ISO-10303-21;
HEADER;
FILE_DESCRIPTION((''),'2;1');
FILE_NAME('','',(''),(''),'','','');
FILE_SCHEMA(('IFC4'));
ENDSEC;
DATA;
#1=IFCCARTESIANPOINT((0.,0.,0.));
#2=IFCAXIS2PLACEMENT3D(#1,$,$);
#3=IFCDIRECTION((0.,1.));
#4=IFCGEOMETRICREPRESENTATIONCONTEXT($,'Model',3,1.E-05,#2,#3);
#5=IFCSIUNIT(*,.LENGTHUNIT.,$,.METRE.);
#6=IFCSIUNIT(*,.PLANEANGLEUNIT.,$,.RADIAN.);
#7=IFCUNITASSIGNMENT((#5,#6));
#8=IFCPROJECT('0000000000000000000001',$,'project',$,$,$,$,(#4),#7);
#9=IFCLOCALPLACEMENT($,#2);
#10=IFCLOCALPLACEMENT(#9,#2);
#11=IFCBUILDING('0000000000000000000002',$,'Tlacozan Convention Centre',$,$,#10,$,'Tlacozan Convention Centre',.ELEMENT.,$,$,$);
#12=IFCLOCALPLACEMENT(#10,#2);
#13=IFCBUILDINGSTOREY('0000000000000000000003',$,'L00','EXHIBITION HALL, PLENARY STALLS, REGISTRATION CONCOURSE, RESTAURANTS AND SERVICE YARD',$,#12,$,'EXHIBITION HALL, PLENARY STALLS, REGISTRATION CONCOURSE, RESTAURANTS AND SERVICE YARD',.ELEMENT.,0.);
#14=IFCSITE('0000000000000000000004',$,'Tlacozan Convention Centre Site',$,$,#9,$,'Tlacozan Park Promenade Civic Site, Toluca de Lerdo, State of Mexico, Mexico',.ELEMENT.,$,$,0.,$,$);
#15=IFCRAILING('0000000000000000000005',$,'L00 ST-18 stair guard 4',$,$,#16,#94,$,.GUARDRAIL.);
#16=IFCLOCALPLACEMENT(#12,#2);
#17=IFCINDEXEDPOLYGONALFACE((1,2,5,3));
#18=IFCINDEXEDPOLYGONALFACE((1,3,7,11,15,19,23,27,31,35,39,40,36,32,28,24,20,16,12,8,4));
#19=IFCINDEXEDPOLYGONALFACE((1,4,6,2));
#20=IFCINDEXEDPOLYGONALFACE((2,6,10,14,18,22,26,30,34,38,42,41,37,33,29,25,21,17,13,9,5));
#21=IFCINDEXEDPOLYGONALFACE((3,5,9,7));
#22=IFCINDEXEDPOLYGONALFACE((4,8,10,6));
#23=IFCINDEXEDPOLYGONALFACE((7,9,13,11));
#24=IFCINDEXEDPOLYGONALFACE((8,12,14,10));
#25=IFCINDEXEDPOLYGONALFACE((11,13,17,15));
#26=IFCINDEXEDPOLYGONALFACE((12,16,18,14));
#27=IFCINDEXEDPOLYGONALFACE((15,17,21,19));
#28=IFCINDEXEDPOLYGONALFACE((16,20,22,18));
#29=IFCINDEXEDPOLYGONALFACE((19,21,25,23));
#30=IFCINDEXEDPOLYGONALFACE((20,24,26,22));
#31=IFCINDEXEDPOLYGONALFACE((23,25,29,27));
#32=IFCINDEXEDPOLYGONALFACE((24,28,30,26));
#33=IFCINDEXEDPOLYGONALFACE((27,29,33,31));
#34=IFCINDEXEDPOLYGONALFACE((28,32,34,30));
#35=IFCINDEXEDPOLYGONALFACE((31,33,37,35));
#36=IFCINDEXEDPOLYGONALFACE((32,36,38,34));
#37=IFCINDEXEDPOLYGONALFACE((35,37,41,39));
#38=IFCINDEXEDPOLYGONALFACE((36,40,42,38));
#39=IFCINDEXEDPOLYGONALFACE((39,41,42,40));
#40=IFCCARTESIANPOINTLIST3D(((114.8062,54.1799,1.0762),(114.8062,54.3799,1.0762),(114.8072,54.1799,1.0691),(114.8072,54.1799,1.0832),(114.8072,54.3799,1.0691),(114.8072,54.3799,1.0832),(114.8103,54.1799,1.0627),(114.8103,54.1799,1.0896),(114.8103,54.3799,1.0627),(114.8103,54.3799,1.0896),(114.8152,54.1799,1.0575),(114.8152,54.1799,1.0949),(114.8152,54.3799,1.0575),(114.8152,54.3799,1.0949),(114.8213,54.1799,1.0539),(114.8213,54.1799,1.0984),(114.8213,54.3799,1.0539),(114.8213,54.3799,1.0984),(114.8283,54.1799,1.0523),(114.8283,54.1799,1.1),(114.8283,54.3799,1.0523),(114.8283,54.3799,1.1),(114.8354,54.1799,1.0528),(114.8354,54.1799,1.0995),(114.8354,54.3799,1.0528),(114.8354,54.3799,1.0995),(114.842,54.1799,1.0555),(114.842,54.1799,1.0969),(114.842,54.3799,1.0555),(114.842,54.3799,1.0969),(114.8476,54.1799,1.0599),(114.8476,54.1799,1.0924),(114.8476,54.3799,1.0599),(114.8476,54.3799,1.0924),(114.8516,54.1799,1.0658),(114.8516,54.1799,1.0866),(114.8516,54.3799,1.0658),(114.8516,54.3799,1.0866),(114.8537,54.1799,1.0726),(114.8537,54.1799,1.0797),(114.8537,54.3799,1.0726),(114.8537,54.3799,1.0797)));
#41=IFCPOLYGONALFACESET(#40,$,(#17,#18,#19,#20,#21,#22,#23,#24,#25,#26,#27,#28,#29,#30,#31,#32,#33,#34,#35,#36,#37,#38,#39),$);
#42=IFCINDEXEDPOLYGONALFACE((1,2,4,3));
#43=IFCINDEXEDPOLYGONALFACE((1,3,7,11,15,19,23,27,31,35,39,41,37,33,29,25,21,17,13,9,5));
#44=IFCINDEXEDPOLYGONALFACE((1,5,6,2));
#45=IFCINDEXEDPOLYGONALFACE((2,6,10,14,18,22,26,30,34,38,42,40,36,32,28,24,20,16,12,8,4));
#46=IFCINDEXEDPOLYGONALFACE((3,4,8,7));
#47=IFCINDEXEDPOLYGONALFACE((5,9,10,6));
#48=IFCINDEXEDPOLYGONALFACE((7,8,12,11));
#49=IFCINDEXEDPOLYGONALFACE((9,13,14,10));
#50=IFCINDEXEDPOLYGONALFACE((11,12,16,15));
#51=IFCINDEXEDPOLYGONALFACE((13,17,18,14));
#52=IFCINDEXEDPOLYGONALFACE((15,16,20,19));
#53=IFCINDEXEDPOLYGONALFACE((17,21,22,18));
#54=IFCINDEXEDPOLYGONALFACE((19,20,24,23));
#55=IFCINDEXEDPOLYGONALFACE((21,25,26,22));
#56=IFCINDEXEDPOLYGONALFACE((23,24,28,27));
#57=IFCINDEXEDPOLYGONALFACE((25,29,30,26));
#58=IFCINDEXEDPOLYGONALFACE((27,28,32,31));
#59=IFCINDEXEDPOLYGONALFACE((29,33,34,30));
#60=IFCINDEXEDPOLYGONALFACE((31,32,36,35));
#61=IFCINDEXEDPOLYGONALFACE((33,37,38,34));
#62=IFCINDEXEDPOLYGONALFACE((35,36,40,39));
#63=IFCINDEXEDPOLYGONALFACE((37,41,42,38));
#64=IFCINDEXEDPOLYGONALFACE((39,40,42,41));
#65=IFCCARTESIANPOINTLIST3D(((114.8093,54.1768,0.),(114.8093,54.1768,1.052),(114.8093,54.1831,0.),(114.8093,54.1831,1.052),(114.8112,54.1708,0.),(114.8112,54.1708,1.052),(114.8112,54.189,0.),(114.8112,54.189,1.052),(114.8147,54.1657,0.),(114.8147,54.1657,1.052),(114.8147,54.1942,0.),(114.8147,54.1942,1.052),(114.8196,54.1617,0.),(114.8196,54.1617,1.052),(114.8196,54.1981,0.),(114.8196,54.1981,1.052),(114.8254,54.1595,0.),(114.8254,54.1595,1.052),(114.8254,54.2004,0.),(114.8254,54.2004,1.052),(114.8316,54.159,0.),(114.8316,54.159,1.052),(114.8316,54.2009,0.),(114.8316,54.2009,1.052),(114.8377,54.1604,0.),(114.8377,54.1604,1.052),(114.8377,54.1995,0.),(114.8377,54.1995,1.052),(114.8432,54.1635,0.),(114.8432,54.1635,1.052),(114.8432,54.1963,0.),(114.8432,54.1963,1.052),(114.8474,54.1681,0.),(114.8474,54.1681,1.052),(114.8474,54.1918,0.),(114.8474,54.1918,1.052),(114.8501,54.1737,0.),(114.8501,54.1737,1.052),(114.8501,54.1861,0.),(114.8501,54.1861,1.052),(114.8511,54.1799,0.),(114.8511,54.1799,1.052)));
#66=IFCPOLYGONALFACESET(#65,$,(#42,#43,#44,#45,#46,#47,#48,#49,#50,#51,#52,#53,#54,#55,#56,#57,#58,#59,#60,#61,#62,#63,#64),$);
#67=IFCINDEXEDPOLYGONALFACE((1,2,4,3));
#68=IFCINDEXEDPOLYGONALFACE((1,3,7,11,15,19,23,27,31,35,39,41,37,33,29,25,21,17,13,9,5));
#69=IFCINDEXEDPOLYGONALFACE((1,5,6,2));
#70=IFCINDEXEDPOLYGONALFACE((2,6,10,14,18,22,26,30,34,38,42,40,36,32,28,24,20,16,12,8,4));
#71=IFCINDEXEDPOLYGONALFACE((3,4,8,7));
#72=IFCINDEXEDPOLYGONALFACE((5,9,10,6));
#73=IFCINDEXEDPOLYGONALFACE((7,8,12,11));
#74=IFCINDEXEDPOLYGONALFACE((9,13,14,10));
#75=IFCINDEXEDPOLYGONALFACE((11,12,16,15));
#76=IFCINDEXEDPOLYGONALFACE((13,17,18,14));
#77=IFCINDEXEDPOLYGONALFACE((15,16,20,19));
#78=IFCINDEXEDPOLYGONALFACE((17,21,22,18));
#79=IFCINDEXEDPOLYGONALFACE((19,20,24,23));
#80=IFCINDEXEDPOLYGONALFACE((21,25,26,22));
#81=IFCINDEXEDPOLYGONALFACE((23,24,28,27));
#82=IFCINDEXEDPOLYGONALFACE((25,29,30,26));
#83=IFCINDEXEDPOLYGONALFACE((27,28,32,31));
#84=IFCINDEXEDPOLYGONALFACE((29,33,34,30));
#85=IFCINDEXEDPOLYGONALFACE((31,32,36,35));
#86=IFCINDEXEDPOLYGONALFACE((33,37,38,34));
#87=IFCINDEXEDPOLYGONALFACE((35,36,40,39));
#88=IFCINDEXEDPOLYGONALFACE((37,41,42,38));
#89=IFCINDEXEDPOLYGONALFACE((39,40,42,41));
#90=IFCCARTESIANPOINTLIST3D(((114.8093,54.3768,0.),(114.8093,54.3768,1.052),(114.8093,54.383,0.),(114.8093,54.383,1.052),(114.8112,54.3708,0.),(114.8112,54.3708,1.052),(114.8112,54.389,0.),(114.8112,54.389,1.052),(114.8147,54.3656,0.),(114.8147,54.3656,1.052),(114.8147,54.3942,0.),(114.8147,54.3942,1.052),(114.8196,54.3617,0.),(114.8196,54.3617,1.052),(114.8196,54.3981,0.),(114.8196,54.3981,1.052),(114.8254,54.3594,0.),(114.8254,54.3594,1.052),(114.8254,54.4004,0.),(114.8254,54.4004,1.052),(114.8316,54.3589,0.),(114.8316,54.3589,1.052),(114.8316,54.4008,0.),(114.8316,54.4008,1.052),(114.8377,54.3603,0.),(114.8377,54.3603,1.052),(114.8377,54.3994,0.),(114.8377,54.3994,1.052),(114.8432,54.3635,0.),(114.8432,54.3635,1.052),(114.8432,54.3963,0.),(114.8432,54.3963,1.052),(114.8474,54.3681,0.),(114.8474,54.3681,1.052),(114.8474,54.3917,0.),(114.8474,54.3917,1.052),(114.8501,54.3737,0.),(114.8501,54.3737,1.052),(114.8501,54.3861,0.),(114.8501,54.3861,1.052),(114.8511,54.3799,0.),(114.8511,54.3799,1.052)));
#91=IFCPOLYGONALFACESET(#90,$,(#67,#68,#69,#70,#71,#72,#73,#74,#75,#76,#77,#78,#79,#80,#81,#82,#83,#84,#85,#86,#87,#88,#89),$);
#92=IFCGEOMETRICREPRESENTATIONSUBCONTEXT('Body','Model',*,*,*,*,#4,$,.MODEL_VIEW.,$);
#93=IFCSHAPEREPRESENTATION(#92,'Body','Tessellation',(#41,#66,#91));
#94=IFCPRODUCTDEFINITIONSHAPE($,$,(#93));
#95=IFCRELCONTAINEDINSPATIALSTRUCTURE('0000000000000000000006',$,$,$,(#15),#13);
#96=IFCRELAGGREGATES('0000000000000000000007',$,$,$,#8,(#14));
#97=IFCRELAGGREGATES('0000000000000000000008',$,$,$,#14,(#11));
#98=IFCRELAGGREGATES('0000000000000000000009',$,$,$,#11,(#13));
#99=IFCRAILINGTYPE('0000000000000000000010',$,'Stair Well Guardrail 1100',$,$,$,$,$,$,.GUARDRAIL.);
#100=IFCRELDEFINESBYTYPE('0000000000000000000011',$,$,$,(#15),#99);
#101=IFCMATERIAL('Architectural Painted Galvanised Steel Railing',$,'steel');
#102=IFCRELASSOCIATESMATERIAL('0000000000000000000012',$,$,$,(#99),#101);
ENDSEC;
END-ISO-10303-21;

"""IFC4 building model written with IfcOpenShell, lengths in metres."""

from ifc_helpers import new_model, si_unit, direction, frame, origin, origin_2d, place, context, subcontext, project, spatial, circle, extrude, material, type_object, element, save


model = new_model("IFC4")

# Units and contexts
model_context = context("Model", 3, precision=1e-05, world=origin(), true_north=direction((0.0, 1.0)))
body_context = subcontext(model_context, "Body", "Model", "MODEL_VIEW")
ifc_project = project(units=[si_unit("LENGTHUNIT", "METRE"), si_unit("PLANEANGLEUNIT", "RADIAN")], contexts=[model_context])

# Site, building, storey
site_placement = place(None, origin())
site = spatial("IfcSite", under=ifc_project, at=site_placement, Name="Tlacozan Convention Centre Site", LongName="Tlacozan Park Promenade Civic Site, Toluca de Lerdo, State of Mexico, Mexico", CompositionType="ELEMENT", RefElevation=0.0)
building_placement = place(site_placement, origin())
building = spatial("IfcBuilding", under=site, at=building_placement, Name="Tlacozan Convention Centre", LongName="Tlacozan Convention Centre", CompositionType="ELEMENT")
storey_placement = place(building_placement, origin())
storey = spatial("IfcBuildingStorey", under=building, at=storey_placement, Name="L00", Description="EXHIBITION HALL, PLENARY STALLS, REGISTRATION CONCOURSE, RESTAURANTS AND SERVICE YARD", LongName="EXHIBITION HALL, PLENARY STALLS, REGISTRATION CONCOURSE, RESTAURANTS AND SERVICE YARD", CompositionType="ELEMENT", Elevation=0.0)

# Railing
ifc_material_1 = material(Name="Architectural Painted Galvanised Steel Railing", Category="steel")
railing_type_1 = type_object("IfcRailingType", Name="Stair Well Guardrail 1100", PredefinedType="GUARDRAIL", material=ifc_material_1)
railing_1_placement = place(storey_placement, frame((114.8301, 54.1799, 0.0)))
element("IfcRailing", 1, at=railing_1_placement, inside=storey, type_object=railing_type_1, Name="L00 ST-18 stair guard 4", PredefinedType="GUARDRAIL", context=body_context, shape_type="SweptSolid", body=[
    extrude(circle(Radius=0.0239, at=origin_2d()), frame((0.0, 0.0, 1.0762), z_axis=(0.0, 1.0, 0.0), x_axis=(-1.0, 0.0, 0.0)), (0.0, 0.0, 1.0), 0.2),
    extrude(circle(Radius=0.021, at=origin_2d()), origin(), (0.0, 0.0, 1.0), 1.052),
    extrude(circle(Radius=0.021, at=origin_2d()), frame((0.0, 0.2, 0.0)), (0.0, 0.0, 1.0), 1.052),
])

save(model, "model.ifc")
